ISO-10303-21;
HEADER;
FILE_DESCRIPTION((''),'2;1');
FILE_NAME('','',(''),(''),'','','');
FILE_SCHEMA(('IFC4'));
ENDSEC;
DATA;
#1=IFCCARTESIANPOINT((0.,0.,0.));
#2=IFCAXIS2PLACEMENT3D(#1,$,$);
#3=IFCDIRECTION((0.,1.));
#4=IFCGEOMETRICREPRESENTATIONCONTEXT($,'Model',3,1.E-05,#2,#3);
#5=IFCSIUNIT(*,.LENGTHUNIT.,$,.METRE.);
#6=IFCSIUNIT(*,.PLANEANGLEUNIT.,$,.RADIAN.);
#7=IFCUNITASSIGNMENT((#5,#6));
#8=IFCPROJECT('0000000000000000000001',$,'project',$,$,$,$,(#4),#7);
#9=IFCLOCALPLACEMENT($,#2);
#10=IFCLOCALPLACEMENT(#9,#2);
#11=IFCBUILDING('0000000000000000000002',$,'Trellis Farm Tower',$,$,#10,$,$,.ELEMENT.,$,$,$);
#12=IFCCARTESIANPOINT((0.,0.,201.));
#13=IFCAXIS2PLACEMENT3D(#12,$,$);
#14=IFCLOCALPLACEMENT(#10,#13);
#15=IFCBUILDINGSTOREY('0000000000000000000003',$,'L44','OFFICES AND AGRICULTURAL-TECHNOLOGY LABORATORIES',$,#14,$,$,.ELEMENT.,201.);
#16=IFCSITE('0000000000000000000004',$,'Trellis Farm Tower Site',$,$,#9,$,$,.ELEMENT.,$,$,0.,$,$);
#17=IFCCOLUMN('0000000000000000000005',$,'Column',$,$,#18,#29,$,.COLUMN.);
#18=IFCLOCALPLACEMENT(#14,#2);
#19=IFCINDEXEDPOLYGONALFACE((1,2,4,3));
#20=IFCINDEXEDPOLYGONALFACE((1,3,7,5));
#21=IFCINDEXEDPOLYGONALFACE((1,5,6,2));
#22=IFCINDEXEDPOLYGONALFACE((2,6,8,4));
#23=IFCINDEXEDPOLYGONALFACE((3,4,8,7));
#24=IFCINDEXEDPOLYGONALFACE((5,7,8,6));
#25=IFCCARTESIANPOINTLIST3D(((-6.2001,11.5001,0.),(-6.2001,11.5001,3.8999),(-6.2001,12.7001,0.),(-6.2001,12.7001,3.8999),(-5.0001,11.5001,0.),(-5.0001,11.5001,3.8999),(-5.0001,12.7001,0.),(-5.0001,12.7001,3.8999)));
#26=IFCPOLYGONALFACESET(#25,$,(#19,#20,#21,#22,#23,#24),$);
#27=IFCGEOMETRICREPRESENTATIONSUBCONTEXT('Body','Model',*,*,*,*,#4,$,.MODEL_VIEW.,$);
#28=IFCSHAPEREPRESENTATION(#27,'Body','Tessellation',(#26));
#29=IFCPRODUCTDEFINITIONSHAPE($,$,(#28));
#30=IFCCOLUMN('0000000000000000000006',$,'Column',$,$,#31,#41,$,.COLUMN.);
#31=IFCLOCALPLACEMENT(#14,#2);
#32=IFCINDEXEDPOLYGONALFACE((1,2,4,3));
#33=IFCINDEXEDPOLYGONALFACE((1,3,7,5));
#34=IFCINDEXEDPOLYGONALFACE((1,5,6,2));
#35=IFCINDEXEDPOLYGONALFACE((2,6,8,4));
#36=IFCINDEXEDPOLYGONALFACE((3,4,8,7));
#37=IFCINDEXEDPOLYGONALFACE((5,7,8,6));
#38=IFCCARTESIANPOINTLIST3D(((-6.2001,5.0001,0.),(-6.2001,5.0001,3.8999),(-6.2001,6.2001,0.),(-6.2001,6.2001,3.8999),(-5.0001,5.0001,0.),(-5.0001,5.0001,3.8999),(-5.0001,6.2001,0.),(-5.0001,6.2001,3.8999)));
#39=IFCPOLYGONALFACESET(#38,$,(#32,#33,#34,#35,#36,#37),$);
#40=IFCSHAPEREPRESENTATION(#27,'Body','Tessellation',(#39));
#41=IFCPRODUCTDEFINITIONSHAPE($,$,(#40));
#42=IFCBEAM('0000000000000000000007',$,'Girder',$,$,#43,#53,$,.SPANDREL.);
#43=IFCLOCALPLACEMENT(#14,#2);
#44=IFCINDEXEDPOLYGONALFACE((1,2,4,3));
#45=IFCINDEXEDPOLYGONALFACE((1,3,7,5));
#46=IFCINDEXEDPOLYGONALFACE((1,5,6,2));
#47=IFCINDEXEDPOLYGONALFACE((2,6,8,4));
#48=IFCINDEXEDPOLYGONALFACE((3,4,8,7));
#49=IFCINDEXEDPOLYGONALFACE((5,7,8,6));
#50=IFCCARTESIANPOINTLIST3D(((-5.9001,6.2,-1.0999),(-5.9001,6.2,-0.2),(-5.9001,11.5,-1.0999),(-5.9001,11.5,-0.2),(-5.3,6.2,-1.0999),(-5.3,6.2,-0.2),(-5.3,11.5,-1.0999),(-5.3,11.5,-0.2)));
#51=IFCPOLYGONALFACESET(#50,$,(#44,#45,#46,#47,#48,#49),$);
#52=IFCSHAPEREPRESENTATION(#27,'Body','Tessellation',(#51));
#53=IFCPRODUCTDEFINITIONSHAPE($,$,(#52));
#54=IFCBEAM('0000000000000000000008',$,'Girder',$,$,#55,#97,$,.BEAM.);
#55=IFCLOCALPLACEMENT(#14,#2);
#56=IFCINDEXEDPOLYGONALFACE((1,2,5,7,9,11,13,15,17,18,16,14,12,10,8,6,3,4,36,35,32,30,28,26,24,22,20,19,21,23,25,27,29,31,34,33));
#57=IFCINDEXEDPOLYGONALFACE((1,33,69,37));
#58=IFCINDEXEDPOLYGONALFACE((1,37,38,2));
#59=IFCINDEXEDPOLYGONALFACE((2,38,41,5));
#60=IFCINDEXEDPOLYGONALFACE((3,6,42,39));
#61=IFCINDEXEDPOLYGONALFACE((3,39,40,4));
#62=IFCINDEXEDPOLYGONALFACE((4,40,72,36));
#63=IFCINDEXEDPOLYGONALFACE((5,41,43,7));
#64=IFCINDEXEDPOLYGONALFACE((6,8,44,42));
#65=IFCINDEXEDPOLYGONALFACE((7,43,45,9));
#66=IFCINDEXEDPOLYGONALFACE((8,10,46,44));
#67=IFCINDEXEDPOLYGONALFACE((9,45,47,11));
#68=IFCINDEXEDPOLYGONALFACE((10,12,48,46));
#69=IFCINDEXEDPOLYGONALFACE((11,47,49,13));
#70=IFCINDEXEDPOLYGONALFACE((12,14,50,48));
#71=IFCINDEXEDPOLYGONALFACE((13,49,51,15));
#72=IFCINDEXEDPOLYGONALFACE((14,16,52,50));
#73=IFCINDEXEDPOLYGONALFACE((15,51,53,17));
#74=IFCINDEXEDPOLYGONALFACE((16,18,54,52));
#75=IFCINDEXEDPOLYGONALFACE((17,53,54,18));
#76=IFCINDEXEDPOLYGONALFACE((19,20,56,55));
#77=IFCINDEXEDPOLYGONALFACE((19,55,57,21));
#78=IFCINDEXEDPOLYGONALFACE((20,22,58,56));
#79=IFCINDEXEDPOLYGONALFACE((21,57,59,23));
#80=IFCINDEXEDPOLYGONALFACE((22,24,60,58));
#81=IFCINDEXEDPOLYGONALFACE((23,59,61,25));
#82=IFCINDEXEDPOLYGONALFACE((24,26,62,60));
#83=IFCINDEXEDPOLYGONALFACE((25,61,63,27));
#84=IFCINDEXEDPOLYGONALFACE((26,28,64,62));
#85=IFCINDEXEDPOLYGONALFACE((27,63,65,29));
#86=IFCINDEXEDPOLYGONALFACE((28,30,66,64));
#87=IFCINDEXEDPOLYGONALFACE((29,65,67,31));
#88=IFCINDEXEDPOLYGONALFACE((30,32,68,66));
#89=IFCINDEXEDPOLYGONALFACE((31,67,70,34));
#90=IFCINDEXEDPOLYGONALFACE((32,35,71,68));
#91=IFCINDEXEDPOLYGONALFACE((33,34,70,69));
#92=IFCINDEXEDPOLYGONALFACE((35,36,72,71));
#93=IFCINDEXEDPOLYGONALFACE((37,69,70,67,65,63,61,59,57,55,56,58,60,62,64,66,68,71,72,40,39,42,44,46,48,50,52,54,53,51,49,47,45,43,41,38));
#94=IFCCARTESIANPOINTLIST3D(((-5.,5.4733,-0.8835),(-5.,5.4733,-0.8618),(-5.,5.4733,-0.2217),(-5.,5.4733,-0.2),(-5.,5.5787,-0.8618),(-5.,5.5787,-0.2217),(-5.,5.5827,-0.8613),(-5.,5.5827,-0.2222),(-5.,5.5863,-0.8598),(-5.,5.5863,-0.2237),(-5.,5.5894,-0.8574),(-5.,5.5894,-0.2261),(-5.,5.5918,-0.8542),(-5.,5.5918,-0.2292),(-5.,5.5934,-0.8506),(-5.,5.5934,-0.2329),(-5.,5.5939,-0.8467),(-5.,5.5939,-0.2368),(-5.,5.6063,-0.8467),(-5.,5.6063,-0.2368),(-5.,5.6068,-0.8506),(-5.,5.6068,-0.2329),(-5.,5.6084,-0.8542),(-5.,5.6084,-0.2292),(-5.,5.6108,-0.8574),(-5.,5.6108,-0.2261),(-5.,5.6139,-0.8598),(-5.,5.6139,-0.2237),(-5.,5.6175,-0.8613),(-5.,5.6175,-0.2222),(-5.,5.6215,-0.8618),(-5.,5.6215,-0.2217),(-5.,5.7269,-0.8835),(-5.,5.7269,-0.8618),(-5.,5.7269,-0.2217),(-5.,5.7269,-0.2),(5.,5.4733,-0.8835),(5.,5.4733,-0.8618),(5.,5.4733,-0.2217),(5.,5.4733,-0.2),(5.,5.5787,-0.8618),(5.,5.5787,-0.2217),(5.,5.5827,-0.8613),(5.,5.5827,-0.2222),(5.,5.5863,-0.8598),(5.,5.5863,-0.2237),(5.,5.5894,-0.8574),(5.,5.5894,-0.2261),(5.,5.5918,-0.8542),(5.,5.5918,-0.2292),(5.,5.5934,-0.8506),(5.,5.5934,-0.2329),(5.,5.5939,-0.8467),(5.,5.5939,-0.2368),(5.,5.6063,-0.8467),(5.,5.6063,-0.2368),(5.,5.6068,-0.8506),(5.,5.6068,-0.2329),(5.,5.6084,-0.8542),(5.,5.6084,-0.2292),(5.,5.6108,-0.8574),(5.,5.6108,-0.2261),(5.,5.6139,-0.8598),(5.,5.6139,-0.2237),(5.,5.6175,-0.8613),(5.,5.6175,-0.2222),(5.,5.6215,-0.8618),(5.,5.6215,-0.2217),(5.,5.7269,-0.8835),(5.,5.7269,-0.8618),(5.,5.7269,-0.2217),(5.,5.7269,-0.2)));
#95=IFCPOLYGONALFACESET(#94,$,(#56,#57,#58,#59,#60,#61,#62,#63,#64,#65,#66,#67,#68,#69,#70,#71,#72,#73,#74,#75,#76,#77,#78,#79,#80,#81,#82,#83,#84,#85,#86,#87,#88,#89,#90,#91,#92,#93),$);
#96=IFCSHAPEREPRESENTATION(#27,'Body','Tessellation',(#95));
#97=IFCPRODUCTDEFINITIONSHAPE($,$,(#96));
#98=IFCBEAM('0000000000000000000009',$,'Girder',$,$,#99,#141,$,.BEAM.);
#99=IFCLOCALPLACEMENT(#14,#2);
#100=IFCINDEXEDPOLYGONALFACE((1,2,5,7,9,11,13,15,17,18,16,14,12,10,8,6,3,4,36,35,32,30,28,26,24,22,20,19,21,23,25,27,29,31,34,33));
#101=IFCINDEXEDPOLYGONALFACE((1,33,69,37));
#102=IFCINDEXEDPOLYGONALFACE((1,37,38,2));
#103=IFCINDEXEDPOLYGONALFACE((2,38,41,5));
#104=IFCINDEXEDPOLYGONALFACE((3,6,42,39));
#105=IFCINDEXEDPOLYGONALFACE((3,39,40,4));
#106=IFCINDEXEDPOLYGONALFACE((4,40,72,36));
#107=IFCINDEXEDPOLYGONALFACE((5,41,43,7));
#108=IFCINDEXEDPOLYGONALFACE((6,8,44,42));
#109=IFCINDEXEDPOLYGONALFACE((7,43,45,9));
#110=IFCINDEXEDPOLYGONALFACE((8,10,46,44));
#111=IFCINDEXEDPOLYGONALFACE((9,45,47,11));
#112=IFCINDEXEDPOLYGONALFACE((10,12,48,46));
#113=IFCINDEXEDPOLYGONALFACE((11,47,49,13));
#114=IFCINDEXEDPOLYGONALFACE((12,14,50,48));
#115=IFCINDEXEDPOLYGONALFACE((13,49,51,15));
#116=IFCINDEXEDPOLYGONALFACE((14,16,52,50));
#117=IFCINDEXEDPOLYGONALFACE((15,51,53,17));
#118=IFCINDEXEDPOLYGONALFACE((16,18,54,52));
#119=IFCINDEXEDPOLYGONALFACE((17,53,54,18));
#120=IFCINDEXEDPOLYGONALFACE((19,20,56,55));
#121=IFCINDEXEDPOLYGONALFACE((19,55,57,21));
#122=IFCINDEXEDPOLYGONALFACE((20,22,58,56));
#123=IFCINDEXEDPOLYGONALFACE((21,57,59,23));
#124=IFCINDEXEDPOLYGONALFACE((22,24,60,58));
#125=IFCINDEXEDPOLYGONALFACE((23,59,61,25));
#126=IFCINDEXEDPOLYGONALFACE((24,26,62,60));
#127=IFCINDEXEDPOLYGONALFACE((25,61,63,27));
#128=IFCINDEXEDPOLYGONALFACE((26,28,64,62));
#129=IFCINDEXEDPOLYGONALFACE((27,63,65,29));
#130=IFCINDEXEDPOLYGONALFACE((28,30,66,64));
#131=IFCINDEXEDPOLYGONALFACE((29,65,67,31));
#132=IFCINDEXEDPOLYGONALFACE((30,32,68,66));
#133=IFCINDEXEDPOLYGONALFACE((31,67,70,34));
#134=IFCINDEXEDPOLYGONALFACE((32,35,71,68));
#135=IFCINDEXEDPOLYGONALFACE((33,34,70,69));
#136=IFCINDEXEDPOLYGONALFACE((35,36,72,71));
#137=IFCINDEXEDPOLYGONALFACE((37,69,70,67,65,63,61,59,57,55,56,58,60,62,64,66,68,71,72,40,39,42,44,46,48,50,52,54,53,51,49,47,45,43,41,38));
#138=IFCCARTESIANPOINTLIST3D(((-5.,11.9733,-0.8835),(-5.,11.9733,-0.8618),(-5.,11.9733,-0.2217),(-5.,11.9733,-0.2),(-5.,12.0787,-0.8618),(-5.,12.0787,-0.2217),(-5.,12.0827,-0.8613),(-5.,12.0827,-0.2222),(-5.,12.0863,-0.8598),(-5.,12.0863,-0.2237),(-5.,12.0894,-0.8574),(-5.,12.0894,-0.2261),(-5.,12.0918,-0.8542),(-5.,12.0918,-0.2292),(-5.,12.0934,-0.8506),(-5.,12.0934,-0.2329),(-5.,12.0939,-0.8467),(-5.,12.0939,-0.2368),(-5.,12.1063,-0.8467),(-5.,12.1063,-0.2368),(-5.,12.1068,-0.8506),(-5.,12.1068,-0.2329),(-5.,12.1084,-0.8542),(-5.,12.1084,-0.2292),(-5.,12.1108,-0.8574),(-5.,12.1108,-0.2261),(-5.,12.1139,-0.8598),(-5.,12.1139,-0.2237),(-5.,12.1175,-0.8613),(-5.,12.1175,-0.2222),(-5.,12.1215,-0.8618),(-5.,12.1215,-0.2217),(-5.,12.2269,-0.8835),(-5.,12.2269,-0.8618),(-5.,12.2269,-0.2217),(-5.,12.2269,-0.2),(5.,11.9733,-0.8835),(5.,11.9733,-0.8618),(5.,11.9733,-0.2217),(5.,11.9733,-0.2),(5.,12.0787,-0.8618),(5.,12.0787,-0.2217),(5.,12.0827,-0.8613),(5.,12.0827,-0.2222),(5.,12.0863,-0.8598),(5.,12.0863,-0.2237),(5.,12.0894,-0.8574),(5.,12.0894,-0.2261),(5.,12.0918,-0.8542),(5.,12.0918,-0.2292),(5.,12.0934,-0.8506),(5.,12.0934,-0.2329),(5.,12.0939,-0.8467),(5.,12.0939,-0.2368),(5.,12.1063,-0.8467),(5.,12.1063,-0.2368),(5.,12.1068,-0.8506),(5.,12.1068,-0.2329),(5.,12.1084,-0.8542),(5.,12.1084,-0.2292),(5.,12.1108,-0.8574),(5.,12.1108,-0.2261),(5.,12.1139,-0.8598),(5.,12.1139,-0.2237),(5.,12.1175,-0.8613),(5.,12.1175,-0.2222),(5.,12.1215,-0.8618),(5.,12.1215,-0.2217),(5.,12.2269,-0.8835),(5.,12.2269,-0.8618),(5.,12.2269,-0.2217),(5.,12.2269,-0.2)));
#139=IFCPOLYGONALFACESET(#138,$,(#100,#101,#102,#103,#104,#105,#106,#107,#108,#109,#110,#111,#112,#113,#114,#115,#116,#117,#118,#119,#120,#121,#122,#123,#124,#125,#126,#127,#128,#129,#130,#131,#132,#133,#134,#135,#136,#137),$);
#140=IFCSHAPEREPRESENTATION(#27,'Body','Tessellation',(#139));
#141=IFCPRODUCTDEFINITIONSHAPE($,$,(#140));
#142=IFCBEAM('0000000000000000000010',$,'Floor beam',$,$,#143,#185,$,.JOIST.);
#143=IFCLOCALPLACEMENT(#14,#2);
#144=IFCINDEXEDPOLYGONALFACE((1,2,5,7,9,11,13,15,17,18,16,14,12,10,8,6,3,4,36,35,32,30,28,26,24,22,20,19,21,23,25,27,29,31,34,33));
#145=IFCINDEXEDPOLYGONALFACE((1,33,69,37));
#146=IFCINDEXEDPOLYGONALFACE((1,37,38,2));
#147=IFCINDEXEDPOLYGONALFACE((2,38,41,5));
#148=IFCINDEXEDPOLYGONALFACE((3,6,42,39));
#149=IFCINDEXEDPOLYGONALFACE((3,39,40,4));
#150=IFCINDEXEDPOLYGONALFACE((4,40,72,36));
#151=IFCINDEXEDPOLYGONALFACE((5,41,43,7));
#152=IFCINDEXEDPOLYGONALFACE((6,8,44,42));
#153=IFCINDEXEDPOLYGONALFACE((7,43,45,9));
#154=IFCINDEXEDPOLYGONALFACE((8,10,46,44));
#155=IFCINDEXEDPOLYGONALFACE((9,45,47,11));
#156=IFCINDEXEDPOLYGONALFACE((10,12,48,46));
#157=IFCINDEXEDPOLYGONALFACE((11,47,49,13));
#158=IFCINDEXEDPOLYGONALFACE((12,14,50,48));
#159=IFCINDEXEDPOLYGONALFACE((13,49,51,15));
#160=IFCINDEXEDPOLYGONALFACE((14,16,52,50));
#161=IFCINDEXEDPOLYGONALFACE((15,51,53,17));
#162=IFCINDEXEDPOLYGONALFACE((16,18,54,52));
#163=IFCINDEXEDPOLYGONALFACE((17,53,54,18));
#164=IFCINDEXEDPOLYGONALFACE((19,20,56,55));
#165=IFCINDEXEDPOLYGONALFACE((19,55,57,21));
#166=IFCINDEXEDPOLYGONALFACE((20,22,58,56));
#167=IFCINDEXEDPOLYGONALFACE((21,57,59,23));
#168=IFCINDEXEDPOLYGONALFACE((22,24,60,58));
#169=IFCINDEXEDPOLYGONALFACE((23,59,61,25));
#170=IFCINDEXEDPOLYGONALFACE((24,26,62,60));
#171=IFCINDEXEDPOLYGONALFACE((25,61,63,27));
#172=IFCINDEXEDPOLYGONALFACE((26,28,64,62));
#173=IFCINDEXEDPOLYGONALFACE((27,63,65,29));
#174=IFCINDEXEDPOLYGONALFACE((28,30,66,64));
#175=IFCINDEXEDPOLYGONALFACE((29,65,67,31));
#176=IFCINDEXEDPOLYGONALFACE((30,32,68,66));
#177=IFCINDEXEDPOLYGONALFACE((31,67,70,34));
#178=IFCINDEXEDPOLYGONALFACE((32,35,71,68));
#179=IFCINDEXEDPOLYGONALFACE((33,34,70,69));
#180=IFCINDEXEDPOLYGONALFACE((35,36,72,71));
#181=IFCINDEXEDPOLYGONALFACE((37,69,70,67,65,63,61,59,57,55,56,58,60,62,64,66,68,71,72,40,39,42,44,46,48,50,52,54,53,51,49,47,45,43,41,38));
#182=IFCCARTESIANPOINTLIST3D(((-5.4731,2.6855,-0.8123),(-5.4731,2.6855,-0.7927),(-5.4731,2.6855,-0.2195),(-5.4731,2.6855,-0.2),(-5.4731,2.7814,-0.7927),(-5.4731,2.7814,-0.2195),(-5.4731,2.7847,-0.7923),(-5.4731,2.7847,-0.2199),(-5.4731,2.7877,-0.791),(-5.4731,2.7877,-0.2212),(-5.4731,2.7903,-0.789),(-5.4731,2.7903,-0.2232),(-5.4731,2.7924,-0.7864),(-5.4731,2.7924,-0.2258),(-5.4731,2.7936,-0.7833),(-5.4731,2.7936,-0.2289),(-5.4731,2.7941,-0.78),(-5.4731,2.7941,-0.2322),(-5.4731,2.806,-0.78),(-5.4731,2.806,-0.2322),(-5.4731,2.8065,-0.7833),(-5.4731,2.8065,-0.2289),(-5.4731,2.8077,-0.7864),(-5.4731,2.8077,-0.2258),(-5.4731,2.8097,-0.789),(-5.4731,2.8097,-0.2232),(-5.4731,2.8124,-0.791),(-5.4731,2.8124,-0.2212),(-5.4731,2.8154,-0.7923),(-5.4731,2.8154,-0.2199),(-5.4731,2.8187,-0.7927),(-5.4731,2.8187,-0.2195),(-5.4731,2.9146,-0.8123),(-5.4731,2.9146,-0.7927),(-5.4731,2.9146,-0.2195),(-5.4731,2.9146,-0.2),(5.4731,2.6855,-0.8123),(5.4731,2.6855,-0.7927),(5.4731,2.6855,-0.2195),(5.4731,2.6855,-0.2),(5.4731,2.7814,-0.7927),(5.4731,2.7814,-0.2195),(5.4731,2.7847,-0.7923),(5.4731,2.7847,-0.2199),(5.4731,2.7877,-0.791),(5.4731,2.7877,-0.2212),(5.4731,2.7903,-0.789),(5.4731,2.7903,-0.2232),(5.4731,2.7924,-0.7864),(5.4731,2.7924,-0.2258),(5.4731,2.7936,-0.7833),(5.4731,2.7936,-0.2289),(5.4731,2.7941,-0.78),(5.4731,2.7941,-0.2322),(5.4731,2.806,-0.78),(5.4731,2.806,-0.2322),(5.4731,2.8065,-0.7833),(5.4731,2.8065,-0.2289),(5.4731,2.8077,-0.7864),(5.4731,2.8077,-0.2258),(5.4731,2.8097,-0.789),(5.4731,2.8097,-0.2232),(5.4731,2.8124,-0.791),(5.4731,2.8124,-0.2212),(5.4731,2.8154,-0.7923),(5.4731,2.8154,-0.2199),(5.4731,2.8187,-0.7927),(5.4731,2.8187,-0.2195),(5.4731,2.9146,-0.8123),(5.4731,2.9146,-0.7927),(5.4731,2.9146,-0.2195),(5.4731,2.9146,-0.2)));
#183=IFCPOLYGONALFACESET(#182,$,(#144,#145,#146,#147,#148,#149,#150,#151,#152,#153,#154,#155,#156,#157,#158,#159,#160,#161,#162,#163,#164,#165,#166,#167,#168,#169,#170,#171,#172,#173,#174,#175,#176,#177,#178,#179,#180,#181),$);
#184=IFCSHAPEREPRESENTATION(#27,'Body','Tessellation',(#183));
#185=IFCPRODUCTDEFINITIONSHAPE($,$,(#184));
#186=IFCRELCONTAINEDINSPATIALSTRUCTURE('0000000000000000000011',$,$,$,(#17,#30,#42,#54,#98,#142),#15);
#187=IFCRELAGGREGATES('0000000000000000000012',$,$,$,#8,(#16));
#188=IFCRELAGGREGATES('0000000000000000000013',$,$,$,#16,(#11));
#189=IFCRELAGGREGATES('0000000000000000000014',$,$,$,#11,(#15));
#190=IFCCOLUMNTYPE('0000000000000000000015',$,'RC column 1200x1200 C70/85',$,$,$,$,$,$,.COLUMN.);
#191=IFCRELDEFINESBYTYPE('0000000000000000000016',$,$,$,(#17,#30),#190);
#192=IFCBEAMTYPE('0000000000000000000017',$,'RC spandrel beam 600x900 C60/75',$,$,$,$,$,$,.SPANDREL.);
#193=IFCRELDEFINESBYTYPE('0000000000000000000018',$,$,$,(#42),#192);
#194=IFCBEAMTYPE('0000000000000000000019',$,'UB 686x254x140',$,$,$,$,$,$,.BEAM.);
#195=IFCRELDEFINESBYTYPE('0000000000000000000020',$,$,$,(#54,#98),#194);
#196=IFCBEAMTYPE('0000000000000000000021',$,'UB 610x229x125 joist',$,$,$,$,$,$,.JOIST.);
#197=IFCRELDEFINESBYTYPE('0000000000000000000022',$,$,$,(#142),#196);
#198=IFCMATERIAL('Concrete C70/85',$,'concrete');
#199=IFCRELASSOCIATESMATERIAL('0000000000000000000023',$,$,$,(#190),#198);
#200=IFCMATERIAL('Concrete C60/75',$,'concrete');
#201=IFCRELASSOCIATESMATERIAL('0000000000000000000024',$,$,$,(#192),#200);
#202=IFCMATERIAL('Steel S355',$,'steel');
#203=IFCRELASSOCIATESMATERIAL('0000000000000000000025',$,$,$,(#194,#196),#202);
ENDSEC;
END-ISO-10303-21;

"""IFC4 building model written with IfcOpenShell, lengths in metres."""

from ifc_helpers import new_model, si_unit, direction, frame, origin, origin_2d, place, context, subcontext, project, spatial, rectangle, i_section, extrude, source, transform, mapped, material, material_profile, profile_set, type_object, element, save


model = new_model("IFC4")

# Units and contexts
model_context = context("Model", 3, precision=1e-05, world=origin(), true_north=direction((0.0, 1.0)))
body_context = subcontext(model_context, "Body", "Model", "MODEL_VIEW")
ifc_project = project(units=[si_unit("LENGTHUNIT", "METRE"), si_unit("PLANEANGLEUNIT", "RADIAN")], contexts=[model_context])

# Site, building, storey
site_placement = place(None, origin())
site = spatial("IfcSite", under=ifc_project, at=site_placement, Name="Trellis Farm Tower Site", CompositionType="ELEMENT", RefElevation=0.0)
building_placement = place(site_placement, origin())
building = spatial("IfcBuilding", under=site, at=building_placement, Name="Trellis Farm Tower", CompositionType="ELEMENT")
storey_placement = place(building_placement, frame((0.0, 0.0, 201.0)))
storey = spatial("IfcBuildingStorey", under=building, at=storey_placement, Name="L44", Description="OFFICES AND AGRICULTURAL-TECHNOLOGY LABORATORIES", CompositionType="ELEMENT", Elevation=201.0)

# Columns
ifc_material_1 = material(Name="Concrete C70/85", Category="concrete")
ifc_material_profile_1 = material_profile(ifc_material_1, rectangle(XDim=1.2, YDim=1.2, at=origin_2d()), Name="RC column 1200x1200 C70/85")
ifc_profile_set_1 = profile_set([ifc_material_profile_1], Name="Concrete C70/85")
column_type = type_object("IfcColumnType", Name="RC column 1200x1200 C70/85", PredefinedType="COLUMN", material=ifc_profile_set_1)
shared_shape_1 = source(origin(), body_context, "Body", "SweptSolid", [
    extrude(rectangle(XDim=1.2, YDim=1.2, at=origin_2d()), origin(), (0.0, 0.0, 1.0), 3.8999),
])
for number, where, z_axis, x_axis, name in (
    (1, (-5.6001, 12.1001, 0.0), (0.0, 0.0, 1.0), (1.0, 0.0, 0.0), "Column"),
    (2, (-5.6001, 5.6001, 0.0), (0.0, 0.0, 1.0), (1.0, 0.0, 0.0), "Column"),
):
    element("IfcColumn", number, at=place(storey_placement, frame(where, z_axis=z_axis, x_axis=x_axis)), inside=storey, type_object=column_type, Name=name, PredefinedType="COLUMN", context=body_context, shape_type="MappedRepresentation", body=[
        mapped(shared_shape_1, transform((0.0, 0.0, 0.0))),
    ])

# Beams
ifc_material_2 = material(Name="Concrete C60/75", Category="concrete")
ifc_material_profile_2 = material_profile(ifc_material_2, rectangle(XDim=0.6001, YDim=0.8999, at=origin_2d()), Name="RC spandrel beam 600x900 C60/75")
ifc_profile_set_2 = profile_set([ifc_material_profile_2], Name="Concrete C60/75")
beam_type_1 = type_object("IfcBeamType", Name="RC spandrel beam 600x900 C60/75", PredefinedType="SPANDREL", material=ifc_profile_set_2)
shared_shape_2 = source(origin(), body_context, "Body", "SweptSolid", [
    extrude(rectangle(XDim=0.6001, YDim=0.8999, at=origin_2d()), origin(), (0.0, 0.0, 1.0), 5.3),
])
beam_1_placement = place(storey_placement, frame((-5.6001, 6.2, -0.6499), z_axis=(0.0, 1.0, 0.0), x_axis=(-1.0, 0.0, 0.0)))
element("IfcBeam", 3, at=beam_1_placement, inside=storey, type_object=beam_type_1, Name="Girder", PredefinedType="SPANDREL", context=body_context, shape_type="MappedRepresentation", body=[
    mapped(shared_shape_2, transform((0.0, 0.0, 0.0))),
])
ifc_material_3 = material(Name="Steel S355", Category="steel")
ifc_material_profile_3 = material_profile(ifc_material_3, i_section(OverallWidth=0.2537, OverallDepth=0.6836, WebThickness=0.0125, FlangeThickness=0.0217, FilletRadius=0.0151, at=origin_2d()), Name="UB 686x254x140")
ifc_profile_set_3 = profile_set([ifc_material_profile_3], Name="Steel S355")
beam_type_2 = type_object("IfcBeamType", Name="UB 686x254x140", PredefinedType="BEAM", material=ifc_profile_set_3)
shared_shape_3 = source(origin(), body_context, "Body", "SweptSolid", [
    extrude(i_section(OverallWidth=0.2537, OverallDepth=0.6836, WebThickness=0.0125, FlangeThickness=0.0217, FilletRadius=0.0151, at=origin_2d()), origin(), (0.0, 0.0, 1.0), 10.0),
])
for number, where, z_axis, x_axis, name in (
    (4, (-5.0, 5.6001, -0.5417), (1.0, 0.0, 0.0), (0.0, 1.0, 0.0), "Girder"),
    (5, (-5.0, 12.1001, -0.5417), (1.0, 0.0, 0.0), (0.0, 1.0, 0.0), "Girder"),
):
    element("IfcBeam", number, at=place(storey_placement, frame(where, z_axis=z_axis, x_axis=x_axis)), inside=storey, type_object=beam_type_2, Name=name, PredefinedType="BEAM", context=body_context, shape_type="MappedRepresentation", body=[
        mapped(shared_shape_3, transform((0.0, 0.0, 0.0))),
    ])
ifc_material_profile_4 = material_profile(ifc_material_3, i_section(OverallWidth=0.229, OverallDepth=0.6123, WebThickness=0.012, FlangeThickness=0.0195, FilletRadius=0.0127, at=origin_2d()), Name="UB 610x229x125")
ifc_profile_set_4 = profile_set([ifc_material_profile_4], Name="Steel S355")
beam_type_3 = type_object("IfcBeamType", Name="UB 610x229x125 joist", PredefinedType="JOIST", material=ifc_profile_set_4)
shared_shape_4 = source(origin(), body_context, "Body", "SweptSolid", [
    extrude(i_section(OverallWidth=0.229, OverallDepth=0.6123, WebThickness=0.012, FlangeThickness=0.0195, FilletRadius=0.0127, at=origin_2d()), origin(), (0.0, 0.0, 1.0), 10.9463),
])
beam_2_placement = place(storey_placement, frame((-5.4731, 2.8, -0.5061), z_axis=(1.0, 0.0, 0.0), x_axis=(0.0, 1.0, 0.0)))
element("IfcBeam", 6, at=beam_2_placement, inside=storey, type_object=beam_type_3, Name="Floor beam", PredefinedType="JOIST", context=body_context, shape_type="MappedRepresentation", body=[
    mapped(shared_shape_4, transform((0.0, 0.0, 0.0))),
])

save(model, "model.ifc")
